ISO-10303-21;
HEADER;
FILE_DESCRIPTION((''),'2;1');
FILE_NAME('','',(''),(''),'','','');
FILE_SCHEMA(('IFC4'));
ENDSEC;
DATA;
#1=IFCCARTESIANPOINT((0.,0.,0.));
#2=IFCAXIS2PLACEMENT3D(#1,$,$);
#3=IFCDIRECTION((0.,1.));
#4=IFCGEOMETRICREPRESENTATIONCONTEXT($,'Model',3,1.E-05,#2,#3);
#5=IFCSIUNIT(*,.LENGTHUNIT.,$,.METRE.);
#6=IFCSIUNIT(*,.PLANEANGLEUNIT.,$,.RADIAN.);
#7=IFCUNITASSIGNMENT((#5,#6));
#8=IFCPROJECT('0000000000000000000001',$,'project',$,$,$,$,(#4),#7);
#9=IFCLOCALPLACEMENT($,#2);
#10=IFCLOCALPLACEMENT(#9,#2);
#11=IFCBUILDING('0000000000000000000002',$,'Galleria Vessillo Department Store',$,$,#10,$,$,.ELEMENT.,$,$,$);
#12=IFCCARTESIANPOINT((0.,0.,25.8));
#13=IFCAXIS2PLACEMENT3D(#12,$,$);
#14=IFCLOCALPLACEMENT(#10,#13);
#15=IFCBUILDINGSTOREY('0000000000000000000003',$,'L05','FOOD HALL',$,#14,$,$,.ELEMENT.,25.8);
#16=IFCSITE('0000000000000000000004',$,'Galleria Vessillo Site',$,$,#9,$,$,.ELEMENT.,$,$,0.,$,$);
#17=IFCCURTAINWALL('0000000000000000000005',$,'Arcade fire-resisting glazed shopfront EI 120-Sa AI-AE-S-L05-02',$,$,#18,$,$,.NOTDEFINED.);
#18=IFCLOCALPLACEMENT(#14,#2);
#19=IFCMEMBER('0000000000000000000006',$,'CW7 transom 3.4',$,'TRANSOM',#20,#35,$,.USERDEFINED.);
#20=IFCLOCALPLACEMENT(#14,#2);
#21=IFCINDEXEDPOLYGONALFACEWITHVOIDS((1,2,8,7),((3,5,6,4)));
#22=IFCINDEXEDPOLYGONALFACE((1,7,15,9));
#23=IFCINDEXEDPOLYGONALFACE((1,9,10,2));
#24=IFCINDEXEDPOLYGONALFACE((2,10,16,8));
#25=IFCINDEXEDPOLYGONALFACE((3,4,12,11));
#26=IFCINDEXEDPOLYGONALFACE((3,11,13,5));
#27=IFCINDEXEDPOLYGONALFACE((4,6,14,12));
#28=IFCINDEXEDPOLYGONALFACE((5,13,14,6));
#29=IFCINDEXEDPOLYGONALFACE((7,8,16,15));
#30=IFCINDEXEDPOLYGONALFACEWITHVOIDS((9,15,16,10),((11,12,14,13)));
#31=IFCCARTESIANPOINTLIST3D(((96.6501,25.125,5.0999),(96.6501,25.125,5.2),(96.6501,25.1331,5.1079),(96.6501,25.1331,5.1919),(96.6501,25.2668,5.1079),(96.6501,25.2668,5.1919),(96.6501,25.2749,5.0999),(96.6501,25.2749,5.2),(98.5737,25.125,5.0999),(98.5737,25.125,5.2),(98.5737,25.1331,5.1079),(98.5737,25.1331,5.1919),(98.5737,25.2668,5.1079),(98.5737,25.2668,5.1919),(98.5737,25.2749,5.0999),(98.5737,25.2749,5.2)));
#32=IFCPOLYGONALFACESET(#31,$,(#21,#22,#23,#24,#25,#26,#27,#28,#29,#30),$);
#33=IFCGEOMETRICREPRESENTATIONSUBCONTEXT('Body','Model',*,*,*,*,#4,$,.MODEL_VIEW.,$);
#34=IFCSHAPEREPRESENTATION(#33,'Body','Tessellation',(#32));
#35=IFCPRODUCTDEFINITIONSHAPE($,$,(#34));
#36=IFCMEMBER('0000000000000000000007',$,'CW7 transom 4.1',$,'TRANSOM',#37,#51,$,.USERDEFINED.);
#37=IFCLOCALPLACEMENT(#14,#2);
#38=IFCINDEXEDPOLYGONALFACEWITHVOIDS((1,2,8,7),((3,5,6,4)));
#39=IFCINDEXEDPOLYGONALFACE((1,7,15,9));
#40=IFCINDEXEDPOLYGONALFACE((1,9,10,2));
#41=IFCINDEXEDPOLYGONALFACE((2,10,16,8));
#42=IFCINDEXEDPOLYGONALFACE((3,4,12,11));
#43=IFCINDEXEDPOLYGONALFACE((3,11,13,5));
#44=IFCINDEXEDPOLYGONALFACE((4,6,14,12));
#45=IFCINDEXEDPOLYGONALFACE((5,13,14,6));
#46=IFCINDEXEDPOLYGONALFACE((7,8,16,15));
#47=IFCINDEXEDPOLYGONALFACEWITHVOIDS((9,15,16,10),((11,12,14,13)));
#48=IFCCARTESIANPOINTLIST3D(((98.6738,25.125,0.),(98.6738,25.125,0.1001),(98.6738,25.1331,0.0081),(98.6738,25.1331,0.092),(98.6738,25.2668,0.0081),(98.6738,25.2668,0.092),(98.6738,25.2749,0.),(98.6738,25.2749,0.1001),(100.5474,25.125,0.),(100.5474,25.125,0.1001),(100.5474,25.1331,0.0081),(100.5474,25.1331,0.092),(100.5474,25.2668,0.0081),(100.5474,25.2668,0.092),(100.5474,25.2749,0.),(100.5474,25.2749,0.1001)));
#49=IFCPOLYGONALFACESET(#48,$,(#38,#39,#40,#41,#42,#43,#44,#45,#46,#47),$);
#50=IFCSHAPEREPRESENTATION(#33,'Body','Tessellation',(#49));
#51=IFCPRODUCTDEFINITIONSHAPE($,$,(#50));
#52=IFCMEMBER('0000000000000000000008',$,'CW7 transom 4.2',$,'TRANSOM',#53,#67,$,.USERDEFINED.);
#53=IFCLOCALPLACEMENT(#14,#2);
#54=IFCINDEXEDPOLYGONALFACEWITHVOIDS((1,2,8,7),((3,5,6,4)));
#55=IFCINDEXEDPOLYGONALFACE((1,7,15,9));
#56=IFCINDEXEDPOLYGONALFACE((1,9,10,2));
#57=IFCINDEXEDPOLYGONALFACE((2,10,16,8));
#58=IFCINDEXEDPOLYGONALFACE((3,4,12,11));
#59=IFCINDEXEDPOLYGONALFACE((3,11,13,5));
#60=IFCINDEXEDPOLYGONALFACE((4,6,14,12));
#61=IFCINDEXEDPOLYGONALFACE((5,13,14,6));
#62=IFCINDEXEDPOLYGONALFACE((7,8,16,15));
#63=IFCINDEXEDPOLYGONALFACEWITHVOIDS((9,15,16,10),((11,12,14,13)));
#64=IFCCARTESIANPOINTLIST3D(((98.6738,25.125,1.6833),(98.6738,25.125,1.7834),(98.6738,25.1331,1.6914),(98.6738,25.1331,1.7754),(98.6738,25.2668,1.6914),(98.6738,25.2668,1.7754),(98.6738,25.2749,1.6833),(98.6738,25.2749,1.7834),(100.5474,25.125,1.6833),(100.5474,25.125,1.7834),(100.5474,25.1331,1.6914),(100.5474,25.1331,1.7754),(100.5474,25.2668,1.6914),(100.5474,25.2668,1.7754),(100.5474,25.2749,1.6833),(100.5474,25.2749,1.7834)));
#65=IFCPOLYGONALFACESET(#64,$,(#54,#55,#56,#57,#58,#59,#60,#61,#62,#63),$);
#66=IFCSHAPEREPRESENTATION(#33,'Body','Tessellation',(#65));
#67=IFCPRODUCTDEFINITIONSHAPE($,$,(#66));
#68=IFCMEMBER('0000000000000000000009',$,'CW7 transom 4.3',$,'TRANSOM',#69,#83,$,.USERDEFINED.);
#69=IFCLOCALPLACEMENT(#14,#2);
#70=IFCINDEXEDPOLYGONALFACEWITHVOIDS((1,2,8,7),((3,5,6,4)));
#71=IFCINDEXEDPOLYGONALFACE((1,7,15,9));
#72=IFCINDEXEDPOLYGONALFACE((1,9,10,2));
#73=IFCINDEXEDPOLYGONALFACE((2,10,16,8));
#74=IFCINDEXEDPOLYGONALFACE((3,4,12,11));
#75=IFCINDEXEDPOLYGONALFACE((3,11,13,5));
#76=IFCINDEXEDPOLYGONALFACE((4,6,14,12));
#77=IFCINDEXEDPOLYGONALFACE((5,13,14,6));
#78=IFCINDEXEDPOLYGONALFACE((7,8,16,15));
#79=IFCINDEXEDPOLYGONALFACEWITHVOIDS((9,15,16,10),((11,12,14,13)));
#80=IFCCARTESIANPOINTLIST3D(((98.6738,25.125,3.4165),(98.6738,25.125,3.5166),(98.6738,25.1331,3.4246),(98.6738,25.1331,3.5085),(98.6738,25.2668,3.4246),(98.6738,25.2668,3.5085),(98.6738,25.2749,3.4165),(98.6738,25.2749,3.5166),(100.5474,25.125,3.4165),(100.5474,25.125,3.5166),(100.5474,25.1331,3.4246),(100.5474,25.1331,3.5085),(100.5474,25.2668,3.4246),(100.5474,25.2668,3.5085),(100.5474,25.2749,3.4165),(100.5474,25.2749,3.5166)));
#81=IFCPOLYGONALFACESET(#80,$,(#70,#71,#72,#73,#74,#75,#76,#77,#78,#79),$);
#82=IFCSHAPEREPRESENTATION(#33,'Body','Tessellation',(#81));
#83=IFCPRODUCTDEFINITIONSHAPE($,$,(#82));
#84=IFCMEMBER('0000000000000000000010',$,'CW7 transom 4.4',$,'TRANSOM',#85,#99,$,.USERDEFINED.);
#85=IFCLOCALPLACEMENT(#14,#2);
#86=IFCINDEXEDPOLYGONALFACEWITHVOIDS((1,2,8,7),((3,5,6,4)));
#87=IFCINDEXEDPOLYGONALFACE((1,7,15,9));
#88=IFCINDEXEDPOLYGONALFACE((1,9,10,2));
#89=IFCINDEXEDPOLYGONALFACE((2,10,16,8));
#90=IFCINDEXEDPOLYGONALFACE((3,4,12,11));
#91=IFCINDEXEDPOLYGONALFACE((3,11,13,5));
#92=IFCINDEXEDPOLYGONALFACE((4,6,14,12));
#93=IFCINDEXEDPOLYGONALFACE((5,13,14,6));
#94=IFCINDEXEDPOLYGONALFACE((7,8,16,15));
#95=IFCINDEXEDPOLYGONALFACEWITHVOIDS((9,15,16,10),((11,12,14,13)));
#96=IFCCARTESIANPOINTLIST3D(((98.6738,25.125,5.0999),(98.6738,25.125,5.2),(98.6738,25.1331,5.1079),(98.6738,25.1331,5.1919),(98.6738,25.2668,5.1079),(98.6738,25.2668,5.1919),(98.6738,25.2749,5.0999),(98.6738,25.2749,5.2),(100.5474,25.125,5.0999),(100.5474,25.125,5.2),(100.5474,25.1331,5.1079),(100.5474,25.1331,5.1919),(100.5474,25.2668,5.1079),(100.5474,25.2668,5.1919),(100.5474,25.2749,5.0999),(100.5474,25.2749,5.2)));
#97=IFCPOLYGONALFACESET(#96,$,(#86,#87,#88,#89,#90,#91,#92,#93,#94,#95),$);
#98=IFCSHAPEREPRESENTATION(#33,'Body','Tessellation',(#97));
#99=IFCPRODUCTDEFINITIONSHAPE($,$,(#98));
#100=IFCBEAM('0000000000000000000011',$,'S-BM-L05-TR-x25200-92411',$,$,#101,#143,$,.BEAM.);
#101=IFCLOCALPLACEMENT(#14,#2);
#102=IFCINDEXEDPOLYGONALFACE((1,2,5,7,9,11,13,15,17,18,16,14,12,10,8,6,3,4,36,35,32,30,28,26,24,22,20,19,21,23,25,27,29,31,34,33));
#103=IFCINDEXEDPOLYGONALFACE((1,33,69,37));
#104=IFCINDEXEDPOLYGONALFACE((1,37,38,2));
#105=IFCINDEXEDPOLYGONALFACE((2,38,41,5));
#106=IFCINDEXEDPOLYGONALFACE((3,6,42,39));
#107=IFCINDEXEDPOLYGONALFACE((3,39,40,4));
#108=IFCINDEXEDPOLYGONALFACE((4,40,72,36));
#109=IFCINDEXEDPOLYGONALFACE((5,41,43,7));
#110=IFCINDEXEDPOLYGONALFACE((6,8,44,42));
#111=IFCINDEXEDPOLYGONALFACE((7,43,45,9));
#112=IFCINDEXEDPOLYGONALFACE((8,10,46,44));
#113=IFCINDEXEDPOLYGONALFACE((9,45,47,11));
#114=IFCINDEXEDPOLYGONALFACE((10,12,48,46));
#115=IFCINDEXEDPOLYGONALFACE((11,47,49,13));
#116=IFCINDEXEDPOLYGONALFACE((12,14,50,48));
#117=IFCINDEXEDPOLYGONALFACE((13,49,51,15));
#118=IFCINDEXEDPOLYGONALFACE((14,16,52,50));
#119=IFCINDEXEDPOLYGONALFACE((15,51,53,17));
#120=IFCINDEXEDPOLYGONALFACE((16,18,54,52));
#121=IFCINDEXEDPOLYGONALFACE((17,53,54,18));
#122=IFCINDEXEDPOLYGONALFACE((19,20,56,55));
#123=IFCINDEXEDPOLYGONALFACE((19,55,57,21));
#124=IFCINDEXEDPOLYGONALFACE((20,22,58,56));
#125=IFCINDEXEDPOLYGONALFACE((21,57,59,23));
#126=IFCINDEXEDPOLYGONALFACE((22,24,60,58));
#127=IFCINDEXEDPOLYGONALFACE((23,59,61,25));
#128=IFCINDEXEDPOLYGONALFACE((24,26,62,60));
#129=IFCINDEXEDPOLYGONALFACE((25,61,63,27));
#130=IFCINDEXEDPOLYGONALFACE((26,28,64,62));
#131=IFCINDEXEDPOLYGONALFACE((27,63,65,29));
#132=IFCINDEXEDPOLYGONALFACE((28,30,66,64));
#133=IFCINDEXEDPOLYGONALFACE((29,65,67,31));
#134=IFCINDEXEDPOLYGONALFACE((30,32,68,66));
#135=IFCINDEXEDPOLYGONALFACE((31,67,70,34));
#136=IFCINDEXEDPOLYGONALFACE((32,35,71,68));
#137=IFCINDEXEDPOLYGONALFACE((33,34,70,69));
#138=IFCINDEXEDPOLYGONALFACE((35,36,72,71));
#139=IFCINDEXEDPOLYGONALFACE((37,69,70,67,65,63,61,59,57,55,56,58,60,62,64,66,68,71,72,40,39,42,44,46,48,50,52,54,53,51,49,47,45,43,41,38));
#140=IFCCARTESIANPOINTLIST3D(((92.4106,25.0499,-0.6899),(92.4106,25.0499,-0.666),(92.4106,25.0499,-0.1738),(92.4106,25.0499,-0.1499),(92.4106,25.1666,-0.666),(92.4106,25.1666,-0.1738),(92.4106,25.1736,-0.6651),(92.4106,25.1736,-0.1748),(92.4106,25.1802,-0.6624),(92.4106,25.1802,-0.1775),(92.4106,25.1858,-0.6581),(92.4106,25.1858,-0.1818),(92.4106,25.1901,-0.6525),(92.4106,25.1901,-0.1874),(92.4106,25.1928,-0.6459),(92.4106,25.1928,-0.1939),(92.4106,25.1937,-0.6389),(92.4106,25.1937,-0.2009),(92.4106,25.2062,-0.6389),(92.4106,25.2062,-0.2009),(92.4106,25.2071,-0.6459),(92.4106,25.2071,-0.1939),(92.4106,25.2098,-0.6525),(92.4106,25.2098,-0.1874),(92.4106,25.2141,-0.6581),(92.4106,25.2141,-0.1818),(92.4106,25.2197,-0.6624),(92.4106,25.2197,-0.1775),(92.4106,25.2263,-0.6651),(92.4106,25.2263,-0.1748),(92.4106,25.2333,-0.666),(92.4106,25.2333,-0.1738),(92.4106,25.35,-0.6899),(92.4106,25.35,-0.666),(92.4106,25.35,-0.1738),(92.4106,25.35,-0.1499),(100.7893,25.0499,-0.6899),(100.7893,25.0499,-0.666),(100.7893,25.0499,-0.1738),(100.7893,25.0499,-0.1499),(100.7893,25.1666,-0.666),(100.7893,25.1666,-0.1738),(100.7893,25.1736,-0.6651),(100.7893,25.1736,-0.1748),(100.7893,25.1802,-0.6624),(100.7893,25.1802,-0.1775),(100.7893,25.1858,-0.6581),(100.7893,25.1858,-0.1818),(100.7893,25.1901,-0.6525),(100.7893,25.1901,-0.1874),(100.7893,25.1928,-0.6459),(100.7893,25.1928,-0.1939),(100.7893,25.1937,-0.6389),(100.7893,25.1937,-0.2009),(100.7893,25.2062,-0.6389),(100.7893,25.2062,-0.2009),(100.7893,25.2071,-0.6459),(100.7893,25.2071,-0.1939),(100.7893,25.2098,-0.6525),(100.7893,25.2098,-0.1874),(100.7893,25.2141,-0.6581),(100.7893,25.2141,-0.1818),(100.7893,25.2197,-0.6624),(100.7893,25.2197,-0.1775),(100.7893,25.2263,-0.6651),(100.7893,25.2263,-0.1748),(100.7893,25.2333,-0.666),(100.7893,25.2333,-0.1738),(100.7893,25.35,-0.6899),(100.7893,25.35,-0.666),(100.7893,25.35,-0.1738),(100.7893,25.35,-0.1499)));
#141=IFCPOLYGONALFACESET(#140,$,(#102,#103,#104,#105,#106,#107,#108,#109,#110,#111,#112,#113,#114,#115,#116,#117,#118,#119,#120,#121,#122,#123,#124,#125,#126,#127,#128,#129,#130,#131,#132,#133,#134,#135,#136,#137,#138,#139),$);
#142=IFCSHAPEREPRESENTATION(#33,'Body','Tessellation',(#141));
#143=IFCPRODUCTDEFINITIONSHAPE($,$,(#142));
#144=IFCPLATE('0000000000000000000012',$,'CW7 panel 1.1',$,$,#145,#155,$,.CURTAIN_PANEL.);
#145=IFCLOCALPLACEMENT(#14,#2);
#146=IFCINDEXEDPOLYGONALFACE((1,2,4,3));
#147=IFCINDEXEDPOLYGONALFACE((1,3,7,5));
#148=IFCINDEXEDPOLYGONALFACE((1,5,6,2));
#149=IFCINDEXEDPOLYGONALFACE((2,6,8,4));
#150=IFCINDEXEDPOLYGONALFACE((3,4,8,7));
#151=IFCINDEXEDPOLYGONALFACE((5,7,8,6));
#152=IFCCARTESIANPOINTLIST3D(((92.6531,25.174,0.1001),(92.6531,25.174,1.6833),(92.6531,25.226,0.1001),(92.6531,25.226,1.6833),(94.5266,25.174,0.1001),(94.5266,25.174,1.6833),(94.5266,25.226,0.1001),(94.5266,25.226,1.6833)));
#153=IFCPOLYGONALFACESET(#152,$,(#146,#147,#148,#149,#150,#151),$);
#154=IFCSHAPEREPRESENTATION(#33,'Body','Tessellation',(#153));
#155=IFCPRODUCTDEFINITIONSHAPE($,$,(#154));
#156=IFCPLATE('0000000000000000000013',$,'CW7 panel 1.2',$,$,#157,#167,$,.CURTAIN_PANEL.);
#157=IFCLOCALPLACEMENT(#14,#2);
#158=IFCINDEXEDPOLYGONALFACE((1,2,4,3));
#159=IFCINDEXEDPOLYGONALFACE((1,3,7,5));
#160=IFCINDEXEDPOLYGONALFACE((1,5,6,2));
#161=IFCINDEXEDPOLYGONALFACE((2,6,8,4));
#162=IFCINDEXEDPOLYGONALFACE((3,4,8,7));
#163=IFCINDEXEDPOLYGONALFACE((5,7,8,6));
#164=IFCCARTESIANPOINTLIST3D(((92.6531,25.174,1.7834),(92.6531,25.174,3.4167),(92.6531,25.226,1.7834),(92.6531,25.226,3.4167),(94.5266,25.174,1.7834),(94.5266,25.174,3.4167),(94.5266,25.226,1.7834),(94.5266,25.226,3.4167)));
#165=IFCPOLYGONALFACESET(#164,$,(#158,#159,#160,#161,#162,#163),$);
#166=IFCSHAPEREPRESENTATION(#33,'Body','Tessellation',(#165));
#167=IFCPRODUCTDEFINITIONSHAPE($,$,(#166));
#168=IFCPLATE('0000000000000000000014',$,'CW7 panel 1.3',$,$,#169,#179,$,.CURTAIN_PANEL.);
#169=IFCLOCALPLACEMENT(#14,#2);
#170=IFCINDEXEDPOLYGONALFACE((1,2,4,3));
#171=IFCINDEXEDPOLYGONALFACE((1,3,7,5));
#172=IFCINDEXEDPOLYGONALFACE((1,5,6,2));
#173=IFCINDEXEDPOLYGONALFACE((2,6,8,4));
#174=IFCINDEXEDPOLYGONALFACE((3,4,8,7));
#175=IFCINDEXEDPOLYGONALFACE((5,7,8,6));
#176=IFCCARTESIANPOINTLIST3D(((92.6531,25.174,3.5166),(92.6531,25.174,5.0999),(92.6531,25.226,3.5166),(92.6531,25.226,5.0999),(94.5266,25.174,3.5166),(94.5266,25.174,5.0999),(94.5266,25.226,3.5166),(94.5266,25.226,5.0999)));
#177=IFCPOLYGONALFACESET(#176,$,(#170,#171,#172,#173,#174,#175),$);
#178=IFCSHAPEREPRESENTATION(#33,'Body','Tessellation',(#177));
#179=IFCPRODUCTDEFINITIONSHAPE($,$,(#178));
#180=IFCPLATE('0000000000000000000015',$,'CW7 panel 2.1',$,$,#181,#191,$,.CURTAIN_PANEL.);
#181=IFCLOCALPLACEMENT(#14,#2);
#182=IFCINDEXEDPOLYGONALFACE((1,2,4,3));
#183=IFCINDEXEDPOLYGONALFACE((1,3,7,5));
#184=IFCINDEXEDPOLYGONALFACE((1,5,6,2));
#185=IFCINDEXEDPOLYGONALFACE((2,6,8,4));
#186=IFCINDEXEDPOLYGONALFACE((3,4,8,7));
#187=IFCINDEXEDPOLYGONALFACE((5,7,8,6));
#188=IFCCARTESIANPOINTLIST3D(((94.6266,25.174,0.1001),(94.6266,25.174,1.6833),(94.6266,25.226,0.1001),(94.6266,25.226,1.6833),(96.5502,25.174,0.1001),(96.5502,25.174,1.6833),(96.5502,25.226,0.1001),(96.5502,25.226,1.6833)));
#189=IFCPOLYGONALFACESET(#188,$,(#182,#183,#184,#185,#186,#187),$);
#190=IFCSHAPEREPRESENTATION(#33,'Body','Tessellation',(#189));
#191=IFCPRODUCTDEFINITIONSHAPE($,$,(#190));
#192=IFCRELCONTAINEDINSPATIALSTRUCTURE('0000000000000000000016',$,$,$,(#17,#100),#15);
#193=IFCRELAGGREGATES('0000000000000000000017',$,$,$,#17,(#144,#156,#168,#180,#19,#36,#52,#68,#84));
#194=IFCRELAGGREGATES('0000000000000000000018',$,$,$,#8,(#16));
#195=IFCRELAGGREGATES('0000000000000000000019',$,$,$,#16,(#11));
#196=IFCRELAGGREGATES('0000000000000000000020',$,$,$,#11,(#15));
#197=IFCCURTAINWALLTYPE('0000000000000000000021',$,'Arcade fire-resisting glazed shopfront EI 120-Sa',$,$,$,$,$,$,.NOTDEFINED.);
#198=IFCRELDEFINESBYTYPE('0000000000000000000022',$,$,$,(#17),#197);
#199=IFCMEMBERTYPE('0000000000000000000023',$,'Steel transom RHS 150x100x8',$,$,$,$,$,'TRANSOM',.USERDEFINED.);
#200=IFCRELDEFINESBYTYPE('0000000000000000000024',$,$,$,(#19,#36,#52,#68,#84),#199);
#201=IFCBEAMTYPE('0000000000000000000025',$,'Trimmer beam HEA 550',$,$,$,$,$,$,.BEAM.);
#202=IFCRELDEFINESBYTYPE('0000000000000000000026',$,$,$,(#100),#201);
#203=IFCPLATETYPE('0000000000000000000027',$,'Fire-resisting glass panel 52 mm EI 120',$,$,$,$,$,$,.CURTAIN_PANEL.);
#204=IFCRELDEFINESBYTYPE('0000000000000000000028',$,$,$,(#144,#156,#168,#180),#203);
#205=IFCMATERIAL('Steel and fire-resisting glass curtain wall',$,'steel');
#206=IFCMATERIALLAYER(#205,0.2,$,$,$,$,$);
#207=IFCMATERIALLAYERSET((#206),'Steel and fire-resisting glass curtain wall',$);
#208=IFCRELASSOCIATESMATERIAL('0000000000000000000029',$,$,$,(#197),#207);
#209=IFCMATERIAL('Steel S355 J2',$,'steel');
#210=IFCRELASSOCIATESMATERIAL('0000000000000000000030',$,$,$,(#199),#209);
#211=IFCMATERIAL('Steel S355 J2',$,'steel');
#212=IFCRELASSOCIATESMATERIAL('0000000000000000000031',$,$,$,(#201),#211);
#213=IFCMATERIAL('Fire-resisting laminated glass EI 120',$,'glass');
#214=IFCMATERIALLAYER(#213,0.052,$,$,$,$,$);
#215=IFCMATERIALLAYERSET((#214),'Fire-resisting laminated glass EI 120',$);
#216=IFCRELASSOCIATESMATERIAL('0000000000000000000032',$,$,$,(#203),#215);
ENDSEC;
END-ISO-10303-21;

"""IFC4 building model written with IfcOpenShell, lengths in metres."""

from ifc_helpers import new_model, si_unit, direction, frame, origin, origin_2d, place, context, subcontext, project, spatial, rectangle, hollow_rectangle, i_section, extrude, material, layer, layer_set, material_profile, profile_set, type_object, element, aggregate, save


model = new_model("IFC4")

# Units and contexts
model_context = context("Model", 3, precision=1e-05, world=origin(), true_north=direction((0.0, 1.0)))
body_context = subcontext(model_context, "Body", "Model", "MODEL_VIEW")
ifc_project = project(units=[si_unit("LENGTHUNIT", "METRE"), si_unit("PLANEANGLEUNIT", "RADIAN")], contexts=[model_context])

# Site, building, storey
site_placement = place(None, origin())
site = spatial("IfcSite", under=ifc_project, at=site_placement, Name="Galleria Vessillo Site", CompositionType="ELEMENT", RefElevation=0.0)
building_placement = place(site_placement, origin())
building = spatial("IfcBuilding", under=site, at=building_placement, Name="Galleria Vessillo Department Store", CompositionType="ELEMENT")
storey_placement = place(building_placement, frame((0.0, 0.0, 25.8)))
storey = spatial("IfcBuildingStorey", under=building, at=storey_placement, Name="L05", Description="FOOD HALL", CompositionType="ELEMENT", Elevation=25.8)

# Curtain wall, members
ifc_material_1 = material(Name="Steel and fire-resisting glass curtain wall", Category="steel")
ifc_layer_1 = layer(ifc_material_1, 0.2)
ifc_layer_set_1 = layer_set([ifc_layer_1], Name="Steel and fire-resisting glass curtain wall")
curtain_wall_type = type_object("IfcCurtainWallType", Name="Arcade fire-resisting glazed shopfront EI 120-Sa", PredefinedType="NOTDEFINED", material=ifc_layer_set_1)
curtain_wall_placement = place(storey_placement, origin())
curtain_wall = element("IfcCurtainWall", 1, at=curtain_wall_placement, inside=storey, type_object=curtain_wall_type, Name="Arcade fire-resisting glazed shopfront EI 120-Sa AI-AE-S-L05-02", PredefinedType="NOTDEFINED")
ifc_material_2 = material(Name="Steel S355 J2", Category="steel")
ifc_material_profile_1 = material_profile(ifc_material_2, hollow_rectangle(XDim=0.1499, YDim=0.1001, WallThickness=0.0081, at=origin_2d()), Name="RHS 150x100x8")
ifc_profile_set_1 = profile_set([ifc_material_profile_1], Name="Steel S355 J2")
member_type_1 = type_object("IfcMemberType", Name="Steel transom RHS 150x100x8", ElementType="TRANSOM", PredefinedType="USERDEFINED", material=ifc_profile_set_1)
member_1_placement = place(storey_placement, frame((96.6501, 25.2, 5.1499), z_axis=(1.0, 0.0, 0.0), x_axis=(0.0, 1.0, 0.0)))
member_1 = element("IfcMember", 2, at=member_1_placement, type_object=member_type_1, Name="CW7 transom 3.4", ObjectType="TRANSOM", PredefinedType="USERDEFINED", context=body_context, shape_type="SweptSolid", body=[
    extrude(hollow_rectangle(XDim=0.1499, YDim=0.1001, WallThickness=0.0081, at=origin_2d()), origin(), (0.0, 0.0, 1.0), 1.9236),
])
member_2_placement = place(storey_placement, frame((98.6738, 25.2, 0.05), z_axis=(1.0, 0.0, 0.0), x_axis=(0.0, 1.0, 0.0)))
member_2 = element("IfcMember", 3, at=member_2_placement, type_object=member_type_1, Name="CW7 transom 4.1", ObjectType="TRANSOM", PredefinedType="USERDEFINED", context=body_context, shape_type="SweptSolid", body=[
    extrude(hollow_rectangle(XDim=0.1499, YDim=0.1001, WallThickness=0.0081, at=origin_2d()), origin(), (0.0, 0.0, 1.0), 1.8735),
])
member_3_placement = place(storey_placement, frame((98.6738, 25.2, 1.7334), z_axis=(1.0, 0.0, 0.0), x_axis=(0.0, 1.0, 0.0)))
member_3 = element("IfcMember", 4, at=member_3_placement, type_object=member_type_1, Name="CW7 transom 4.2", ObjectType="TRANSOM", PredefinedType="USERDEFINED", context=body_context, shape_type="SweptSolid", body=[
    extrude(hollow_rectangle(XDim=0.1499, YDim=0.1001, WallThickness=0.0081, at=origin_2d()), origin(), (0.0, 0.0, 1.0), 1.8735),
])
member_4_placement = place(storey_placement, frame((98.6738, 25.2, 3.4666), z_axis=(1.0, 0.0, 0.0), x_axis=(0.0, 1.0, 0.0)))
member_4 = element("IfcMember", 5, at=member_4_placement, type_object=member_type_1, Name="CW7 transom 4.3", ObjectType="TRANSOM", PredefinedType="USERDEFINED", context=body_context, shape_type="SweptSolid", body=[
    extrude(hollow_rectangle(XDim=0.1499, YDim=0.1001, WallThickness=0.0081, at=origin_2d()), origin(), (0.0, 0.0, 1.0), 1.8735),
])
member_5_placement = place(storey_placement, frame((98.6738, 25.2, 5.1499), z_axis=(1.0, 0.0, 0.0), x_axis=(0.0, 1.0, 0.0)))
member_5 = element("IfcMember", 6, at=member_5_placement, type_object=member_type_1, Name="CW7 transom 4.4", ObjectType="TRANSOM", PredefinedType="USERDEFINED", context=body_context, shape_type="SweptSolid", body=[
    extrude(hollow_rectangle(XDim=0.1499, YDim=0.1001, WallThickness=0.0081, at=origin_2d()), origin(), (0.0, 0.0, 1.0), 1.8735),
])

# Beam
ifc_material_3 = material(Name="Steel S355 J2", Category="steel")
ifc_material_profile_2 = material_profile(ifc_material_3, i_section(OverallWidth=0.3, OverallDepth=0.54, WebThickness=0.0125, FlangeThickness=0.0239, FilletRadius=0.0271, at=origin_2d()), Name="HEA 550")
ifc_profile_set_2 = profile_set([ifc_material_profile_2], Name="Steel S355 J2")
beam_type_1 = type_object("IfcBeamType", Name="Trimmer beam HEA 550", PredefinedType="BEAM", material=ifc_profile_set_2)
beam_1_placement = place(storey_placement, frame((92.4106, 25.2, -0.4199), z_axis=(1.0, 0.0, 0.0), x_axis=(0.0, 1.0, 0.0)))
element("IfcBeam", 7, at=beam_1_placement, inside=storey, type_object=beam_type_1, Name="S-BM-L05-TR-x25200-92411", PredefinedType="BEAM", context=body_context, shape_type="SweptSolid", body=[
    extrude(i_section(OverallWidth=0.3, OverallDepth=0.54, WebThickness=0.0125, FlangeThickness=0.0239, FilletRadius=0.0271, at=origin_2d()), origin(), (0.0, 0.0, 1.0), 8.3787),
])

# Plates
ifc_material_4 = material(Name="Fire-resisting laminated glass EI 120", Category="glass")
ifc_layer_2 = layer(ifc_material_4, 0.052)
ifc_layer_set_2 = layer_set([ifc_layer_2], Name="Fire-resisting laminated glass EI 120")
plate_type = type_object("IfcPlateType", Name="Fire-resisting glass panel 52 mm EI 120", PredefinedType="CURTAIN_PANEL", material=ifc_layer_set_2)
plate_1_placement = place(storey_placement, frame((93.5898, 25.2, 0.1001), z_axis=(0.0, 0.0, 1.0), x_axis=(1.0, 0.0, 0.0)))
plate_1 = element("IfcPlate", 8, at=plate_1_placement, type_object=plate_type, Name="CW7 panel 1.1", PredefinedType="CURTAIN_PANEL", context=body_context, shape_type="SweptSolid", body=[
    extrude(rectangle(XDim=1.8735, YDim=0.052, at=origin_2d()), origin(), (0.0, 0.0, 1.0), 1.5833),
])
plate_2_placement = place(storey_placement, frame((93.5898, 25.2, 1.7834), z_axis=(0.0, 0.0, 1.0), x_axis=(1.0, 0.0, 0.0)))
plate_2 = element("IfcPlate", 9, at=plate_2_placement, type_object=plate_type, Name="CW7 panel 1.2", PredefinedType="CURTAIN_PANEL", context=body_context, shape_type="SweptSolid", body=[
    extrude(rectangle(XDim=1.8735, YDim=0.052, at=origin_2d()), origin(), (0.0, 0.0, 1.0), 1.6333),
])
plate_3_placement = place(storey_placement, frame((93.5898, 25.2, 3.5166), z_axis=(0.0, 0.0, 1.0), x_axis=(1.0, 0.0, 0.0)))
plate_3 = element("IfcPlate", 10, at=plate_3_placement, type_object=plate_type, Name="CW7 panel 1.3", PredefinedType="CURTAIN_PANEL", context=body_context, shape_type="SweptSolid", body=[
    extrude(rectangle(XDim=1.8735, YDim=0.052, at=origin_2d()), origin(), (0.0, 0.0, 1.0), 1.5833),
])
plate_4_placement = place(storey_placement, frame((95.5884, 25.2, 0.1001), z_axis=(0.0, 0.0, 1.0), x_axis=(1.0, 0.0, 0.0)))
plate_4 = element("IfcPlate", 11, at=plate_4_placement, type_object=plate_type, Name="CW7 panel 2.1", PredefinedType="CURTAIN_PANEL", context=body_context, shape_type="SweptSolid", body=[
    extrude(rectangle(XDim=1.9236, YDim=0.052, at=origin_2d()), origin(), (0.0, 0.0, 1.0), 1.5833),
])
aggregate(curtain_wall, [plate_1, plate_2, plate_3, plate_4, member_1, member_2, member_3, member_4, member_5])

save(model, "model.ifc")
